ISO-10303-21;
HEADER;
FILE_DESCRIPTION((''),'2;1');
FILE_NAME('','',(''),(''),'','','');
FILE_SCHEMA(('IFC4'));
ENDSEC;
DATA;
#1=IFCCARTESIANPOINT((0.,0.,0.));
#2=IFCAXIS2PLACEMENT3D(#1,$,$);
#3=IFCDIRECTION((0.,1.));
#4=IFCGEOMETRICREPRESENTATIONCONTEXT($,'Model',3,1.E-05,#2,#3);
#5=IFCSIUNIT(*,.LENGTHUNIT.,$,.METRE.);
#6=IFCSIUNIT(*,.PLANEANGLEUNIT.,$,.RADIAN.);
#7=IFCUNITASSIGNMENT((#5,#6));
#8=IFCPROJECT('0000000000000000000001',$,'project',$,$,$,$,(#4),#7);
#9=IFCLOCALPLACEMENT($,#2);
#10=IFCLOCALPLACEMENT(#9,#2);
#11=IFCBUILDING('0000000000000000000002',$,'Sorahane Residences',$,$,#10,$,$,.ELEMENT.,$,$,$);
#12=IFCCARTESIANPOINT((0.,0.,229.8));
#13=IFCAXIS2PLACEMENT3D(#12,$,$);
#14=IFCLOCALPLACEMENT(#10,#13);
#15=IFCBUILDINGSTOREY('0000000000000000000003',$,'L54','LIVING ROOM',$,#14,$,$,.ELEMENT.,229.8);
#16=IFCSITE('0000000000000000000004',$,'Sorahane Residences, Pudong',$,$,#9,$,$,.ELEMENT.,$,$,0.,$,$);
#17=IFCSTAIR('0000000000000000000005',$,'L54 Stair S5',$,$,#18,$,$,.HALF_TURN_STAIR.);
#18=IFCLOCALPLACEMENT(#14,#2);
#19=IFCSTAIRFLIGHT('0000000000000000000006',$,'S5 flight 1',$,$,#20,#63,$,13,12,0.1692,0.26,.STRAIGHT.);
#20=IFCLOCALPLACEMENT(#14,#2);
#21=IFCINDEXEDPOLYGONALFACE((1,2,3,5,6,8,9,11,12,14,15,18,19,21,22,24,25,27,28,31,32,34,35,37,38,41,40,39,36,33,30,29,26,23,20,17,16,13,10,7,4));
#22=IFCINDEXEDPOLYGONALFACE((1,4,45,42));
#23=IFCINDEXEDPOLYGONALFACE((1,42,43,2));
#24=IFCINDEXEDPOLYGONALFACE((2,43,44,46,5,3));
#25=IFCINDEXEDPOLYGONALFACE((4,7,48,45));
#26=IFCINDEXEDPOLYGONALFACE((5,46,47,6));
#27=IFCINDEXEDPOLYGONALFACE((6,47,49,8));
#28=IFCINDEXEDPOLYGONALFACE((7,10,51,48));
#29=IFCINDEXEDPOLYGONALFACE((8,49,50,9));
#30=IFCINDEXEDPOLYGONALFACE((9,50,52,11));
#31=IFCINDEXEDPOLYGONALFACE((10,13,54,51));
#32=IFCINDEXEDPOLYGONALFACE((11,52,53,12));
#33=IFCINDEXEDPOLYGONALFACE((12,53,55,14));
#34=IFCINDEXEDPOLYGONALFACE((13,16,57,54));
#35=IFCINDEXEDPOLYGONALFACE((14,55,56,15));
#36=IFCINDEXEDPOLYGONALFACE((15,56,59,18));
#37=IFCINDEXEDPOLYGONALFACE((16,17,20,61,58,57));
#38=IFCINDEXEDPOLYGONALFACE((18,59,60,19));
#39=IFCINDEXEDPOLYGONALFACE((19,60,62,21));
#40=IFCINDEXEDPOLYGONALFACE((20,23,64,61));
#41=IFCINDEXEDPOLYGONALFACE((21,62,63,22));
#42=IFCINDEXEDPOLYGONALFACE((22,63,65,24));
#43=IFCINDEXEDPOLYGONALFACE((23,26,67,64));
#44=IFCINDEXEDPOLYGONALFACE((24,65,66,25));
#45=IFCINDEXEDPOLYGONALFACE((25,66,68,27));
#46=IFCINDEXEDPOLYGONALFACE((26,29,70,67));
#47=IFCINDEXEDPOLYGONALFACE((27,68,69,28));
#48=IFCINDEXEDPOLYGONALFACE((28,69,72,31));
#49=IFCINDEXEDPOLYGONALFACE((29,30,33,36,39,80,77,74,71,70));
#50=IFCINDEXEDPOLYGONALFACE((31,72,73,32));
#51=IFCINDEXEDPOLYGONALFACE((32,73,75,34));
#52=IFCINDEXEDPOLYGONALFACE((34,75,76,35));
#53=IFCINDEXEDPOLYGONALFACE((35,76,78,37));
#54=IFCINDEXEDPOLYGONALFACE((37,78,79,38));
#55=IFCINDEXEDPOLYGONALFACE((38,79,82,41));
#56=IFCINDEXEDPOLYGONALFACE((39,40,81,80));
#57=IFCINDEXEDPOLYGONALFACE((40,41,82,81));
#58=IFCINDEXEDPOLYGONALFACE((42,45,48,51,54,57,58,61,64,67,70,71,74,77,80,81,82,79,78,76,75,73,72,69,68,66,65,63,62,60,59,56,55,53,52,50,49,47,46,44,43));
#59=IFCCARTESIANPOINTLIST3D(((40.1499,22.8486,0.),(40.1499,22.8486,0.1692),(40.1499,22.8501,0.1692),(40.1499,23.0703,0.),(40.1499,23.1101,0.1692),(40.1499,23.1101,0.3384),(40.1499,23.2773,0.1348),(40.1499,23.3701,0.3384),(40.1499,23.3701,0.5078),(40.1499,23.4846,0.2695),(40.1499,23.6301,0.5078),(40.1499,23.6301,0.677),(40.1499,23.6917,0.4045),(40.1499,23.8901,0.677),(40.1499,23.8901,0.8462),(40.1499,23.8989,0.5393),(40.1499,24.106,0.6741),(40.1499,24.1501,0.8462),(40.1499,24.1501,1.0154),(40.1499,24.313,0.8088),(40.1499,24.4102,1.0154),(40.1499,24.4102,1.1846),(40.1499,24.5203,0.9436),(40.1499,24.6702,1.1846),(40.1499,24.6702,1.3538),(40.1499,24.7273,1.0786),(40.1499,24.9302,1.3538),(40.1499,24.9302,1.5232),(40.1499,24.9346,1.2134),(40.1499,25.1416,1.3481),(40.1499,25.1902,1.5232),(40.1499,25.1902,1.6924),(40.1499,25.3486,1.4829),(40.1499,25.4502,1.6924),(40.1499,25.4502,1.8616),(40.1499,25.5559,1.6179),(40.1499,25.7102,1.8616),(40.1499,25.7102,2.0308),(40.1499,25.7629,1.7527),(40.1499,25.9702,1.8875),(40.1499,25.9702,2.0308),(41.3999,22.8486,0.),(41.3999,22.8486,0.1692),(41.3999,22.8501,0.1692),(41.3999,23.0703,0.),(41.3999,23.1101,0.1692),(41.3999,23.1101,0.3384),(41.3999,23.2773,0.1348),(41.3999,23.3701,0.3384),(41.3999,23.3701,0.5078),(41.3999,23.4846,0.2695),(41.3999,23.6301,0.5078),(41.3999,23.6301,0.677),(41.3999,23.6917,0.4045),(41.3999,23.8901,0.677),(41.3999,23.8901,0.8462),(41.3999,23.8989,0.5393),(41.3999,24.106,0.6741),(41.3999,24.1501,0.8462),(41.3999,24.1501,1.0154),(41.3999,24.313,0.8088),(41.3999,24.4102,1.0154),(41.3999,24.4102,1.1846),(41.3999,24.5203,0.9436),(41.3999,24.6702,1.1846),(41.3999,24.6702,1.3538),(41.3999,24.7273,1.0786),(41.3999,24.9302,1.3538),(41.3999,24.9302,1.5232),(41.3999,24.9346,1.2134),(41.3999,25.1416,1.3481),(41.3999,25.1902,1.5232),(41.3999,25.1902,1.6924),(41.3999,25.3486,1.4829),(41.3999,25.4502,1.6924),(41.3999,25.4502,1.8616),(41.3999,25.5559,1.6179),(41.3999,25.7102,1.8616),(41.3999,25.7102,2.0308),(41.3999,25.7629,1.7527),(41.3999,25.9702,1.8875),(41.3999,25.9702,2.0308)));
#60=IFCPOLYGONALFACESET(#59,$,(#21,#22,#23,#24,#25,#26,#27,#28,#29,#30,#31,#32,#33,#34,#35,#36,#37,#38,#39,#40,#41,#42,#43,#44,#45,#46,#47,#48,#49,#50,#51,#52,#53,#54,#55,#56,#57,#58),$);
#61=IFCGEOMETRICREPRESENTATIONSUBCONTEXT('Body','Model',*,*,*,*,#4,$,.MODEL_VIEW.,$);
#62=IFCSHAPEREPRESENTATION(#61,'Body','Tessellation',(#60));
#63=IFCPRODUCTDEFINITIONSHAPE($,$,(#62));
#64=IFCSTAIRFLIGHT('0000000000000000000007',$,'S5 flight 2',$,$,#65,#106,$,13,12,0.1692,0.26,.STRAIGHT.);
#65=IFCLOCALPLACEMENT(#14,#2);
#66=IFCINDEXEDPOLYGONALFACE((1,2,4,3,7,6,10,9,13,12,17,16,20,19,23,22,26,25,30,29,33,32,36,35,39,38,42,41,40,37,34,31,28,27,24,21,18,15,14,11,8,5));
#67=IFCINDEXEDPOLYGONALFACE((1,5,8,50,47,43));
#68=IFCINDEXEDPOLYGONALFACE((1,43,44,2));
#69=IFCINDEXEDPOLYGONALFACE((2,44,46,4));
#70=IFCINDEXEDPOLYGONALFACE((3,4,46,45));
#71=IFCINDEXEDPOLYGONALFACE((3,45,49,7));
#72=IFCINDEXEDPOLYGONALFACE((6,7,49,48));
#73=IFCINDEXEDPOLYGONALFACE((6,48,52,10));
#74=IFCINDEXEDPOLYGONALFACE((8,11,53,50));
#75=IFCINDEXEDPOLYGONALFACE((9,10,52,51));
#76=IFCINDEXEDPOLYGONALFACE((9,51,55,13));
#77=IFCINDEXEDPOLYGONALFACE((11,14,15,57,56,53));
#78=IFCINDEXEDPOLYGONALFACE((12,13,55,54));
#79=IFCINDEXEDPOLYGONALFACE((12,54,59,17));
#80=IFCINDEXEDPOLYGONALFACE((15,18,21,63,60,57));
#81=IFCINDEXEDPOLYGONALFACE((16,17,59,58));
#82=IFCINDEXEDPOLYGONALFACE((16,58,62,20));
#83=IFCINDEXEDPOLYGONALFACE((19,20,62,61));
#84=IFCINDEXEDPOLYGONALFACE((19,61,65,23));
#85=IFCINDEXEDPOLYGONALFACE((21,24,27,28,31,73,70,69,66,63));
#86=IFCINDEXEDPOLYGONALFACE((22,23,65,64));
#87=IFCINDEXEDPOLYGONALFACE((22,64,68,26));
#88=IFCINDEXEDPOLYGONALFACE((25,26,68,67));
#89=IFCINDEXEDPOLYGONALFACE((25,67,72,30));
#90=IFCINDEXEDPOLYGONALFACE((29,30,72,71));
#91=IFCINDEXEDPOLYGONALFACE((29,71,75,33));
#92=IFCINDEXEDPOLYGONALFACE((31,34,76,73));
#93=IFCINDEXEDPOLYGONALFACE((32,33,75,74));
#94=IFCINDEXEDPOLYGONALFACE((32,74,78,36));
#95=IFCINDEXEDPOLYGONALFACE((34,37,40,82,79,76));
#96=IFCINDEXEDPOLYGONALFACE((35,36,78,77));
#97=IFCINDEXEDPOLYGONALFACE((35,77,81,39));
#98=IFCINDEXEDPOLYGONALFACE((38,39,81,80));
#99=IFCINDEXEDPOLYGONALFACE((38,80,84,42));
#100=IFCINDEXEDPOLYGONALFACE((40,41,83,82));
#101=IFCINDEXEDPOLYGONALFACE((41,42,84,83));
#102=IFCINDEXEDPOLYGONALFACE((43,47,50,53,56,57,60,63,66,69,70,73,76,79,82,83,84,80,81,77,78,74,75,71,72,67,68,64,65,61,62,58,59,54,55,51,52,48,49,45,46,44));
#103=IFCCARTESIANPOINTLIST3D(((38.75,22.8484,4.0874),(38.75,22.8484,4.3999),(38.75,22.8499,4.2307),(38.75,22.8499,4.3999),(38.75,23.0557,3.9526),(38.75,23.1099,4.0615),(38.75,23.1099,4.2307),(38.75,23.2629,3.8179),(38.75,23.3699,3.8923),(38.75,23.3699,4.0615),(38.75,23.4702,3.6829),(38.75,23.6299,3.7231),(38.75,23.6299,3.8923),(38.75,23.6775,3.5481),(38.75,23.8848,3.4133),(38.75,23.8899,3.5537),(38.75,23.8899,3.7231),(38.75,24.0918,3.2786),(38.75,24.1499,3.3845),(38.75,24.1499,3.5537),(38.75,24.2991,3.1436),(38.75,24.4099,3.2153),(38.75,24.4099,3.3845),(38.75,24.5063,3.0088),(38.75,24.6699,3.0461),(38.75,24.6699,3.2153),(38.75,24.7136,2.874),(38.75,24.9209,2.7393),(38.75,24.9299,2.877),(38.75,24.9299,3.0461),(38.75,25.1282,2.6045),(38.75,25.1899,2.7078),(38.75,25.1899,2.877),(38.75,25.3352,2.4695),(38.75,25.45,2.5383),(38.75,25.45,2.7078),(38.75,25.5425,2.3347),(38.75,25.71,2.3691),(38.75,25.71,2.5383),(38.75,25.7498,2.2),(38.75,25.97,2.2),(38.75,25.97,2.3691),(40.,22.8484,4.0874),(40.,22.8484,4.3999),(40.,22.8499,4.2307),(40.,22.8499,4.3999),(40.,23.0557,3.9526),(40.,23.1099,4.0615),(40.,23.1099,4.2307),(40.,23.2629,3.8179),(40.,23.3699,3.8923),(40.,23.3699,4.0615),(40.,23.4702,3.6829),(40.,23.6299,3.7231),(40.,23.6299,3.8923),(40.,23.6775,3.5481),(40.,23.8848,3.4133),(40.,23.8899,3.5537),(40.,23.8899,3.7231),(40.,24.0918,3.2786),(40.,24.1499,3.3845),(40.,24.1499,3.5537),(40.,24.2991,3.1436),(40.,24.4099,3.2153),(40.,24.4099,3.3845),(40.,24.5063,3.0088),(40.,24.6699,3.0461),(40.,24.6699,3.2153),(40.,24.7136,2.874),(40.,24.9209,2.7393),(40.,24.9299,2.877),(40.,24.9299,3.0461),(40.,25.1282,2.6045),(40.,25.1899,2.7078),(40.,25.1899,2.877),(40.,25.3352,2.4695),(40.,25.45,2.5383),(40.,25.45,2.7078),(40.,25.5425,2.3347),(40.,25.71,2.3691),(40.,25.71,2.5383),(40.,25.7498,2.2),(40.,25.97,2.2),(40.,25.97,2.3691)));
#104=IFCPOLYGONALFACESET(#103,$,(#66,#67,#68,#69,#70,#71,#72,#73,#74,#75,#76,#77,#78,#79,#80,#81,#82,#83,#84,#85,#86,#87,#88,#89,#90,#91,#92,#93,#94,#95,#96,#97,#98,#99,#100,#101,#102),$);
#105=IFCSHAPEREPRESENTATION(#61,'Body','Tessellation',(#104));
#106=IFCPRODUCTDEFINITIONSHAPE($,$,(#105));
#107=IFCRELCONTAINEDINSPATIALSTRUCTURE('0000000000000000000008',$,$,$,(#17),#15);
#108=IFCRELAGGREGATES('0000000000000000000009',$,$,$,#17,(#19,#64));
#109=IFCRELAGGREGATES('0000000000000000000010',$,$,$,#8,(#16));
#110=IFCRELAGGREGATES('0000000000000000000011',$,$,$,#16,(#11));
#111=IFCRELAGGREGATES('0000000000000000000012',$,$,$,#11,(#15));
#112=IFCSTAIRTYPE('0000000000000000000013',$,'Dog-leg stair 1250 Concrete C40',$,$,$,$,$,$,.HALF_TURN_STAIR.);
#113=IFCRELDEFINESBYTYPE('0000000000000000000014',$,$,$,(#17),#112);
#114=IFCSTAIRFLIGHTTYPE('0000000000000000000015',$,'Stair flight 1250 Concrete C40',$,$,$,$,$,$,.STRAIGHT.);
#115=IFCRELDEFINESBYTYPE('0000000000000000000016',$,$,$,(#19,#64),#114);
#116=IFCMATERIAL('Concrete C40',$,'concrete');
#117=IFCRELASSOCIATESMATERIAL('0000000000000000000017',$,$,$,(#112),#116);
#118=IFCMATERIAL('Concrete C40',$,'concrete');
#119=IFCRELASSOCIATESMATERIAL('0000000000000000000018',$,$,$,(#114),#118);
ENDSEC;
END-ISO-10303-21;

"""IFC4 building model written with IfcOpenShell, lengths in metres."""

from ifc_helpers import new_model, si_unit, direction, frame, origin, place, context, subcontext, project, spatial, polyline, outline, extrude, material, type_object, element, aggregate, save


model = new_model("IFC4")

# Units and contexts
model_context = context("Model", 3, precision=1e-05, world=origin(), true_north=direction((0.0, 1.0)))
body_context = subcontext(model_context, "Body", "Model", "MODEL_VIEW")
ifc_project = project(units=[si_unit("LENGTHUNIT", "METRE"), si_unit("PLANEANGLEUNIT", "RADIAN")], contexts=[model_context])

# Site, building, storey
site_placement = place(None, origin())
site = spatial("IfcSite", under=ifc_project, at=site_placement, Name="Sorahane Residences, Pudong", CompositionType="ELEMENT", RefElevation=0.0)
building_placement = place(site_placement, origin())
building = spatial("IfcBuilding", under=site, at=building_placement, Name="Sorahane Residences", CompositionType="ELEMENT")
storey_placement = place(building_placement, frame((0.0, 0.0, 229.8)))
storey = spatial("IfcBuildingStorey", under=building, at=storey_placement, Name="L54", Description="LIVING ROOM", CompositionType="ELEMENT", Elevation=229.8)

# Stair, stair flights
ifc_material_1 = material(Name="Concrete C40", Category="concrete")
stair_type = type_object("IfcStairType", Name="Dog-leg stair 1250 Concrete C40", PredefinedType="HALF_TURN_STAIR", material=ifc_material_1)
stair_placement = place(storey_placement, origin())
stair = element("IfcStair", 1, at=stair_placement, inside=storey, type_object=stair_type, Name="L54 Stair S5", PredefinedType="HALF_TURN_STAIR")
ifc_material_2 = material(Name="Concrete C40", Category="concrete")
stair_flight_type = type_object("IfcStairFlightType", Name="Stair flight 1250 Concrete C40", PredefinedType="STRAIGHT", material=ifc_material_2)
stair_flight_1_placement = place(storey_placement, frame((40.7749, 22.8501, 0.0), z_axis=(0.0, 0.0, 1.0), x_axis=(0.0, 1.0, 0.0)))
stair_flight_1 = element("IfcStairFlight", 2, at=stair_flight_1_placement, type_object=stair_flight_type, Name="S5 flight 1", NumberOfRisers=13, NumberOfTreads=12, PredefinedType="STRAIGHT", RiserHeight=0.1692, TreadLength=0.26, context=body_context, shape_type="SweptSolid", body=[
    extrude(outline(polyline([(-0.0015, 0.0), (-0.0015, 0.1692), (0.0, 0.1692), (0.26, 0.1692), (0.26, 0.3384), (0.52, 0.3384), (0.52, 0.5078), (0.78, 0.5078), (0.78, 0.677), (1.04, 0.677), (1.04, 0.8462), (1.3, 0.8462), (1.3, 1.0154), (1.5601, 1.0154), (1.5601, 1.1846), (1.8201, 1.1846), (1.8201, 1.3538), (2.0801, 1.3538), (2.0801, 1.5232), (2.3401, 1.5232), (2.3401, 1.6924), (2.6001, 1.6924), (2.6001, 1.8616), (2.8601, 1.8616), (2.8601, 2.0308), (3.1201, 2.0308), (3.1201, 2.2), (3.1201, 1.8875), (2.9128, 1.7527), (2.7058, 1.6179), (2.4985, 1.4829), (2.2915, 1.3481), (2.0845, 1.2134), (1.8772, 1.0786), (1.6702, 0.9436), (1.4629, 0.8088), (1.2559, 0.6741), (1.0488, 0.5393), (0.8416, 0.4045), (0.6345, 0.2695), (0.4272, 0.1348), (0.2202, 0.0), (-0.0015, 0.0)])), frame((0.0, 0.625, 0.0), z_axis=(0.0, -1.0, 0.0), x_axis=(1.0, 0.0, 0.0)), (0.0, 0.0, 1.0), 1.25),
])
stair_flight_2_placement = place(storey_placement, frame((39.375, 25.97, 2.2), z_axis=(0.0, 0.0, 1.0), x_axis=(0.0, -1.0, 0.0)))
stair_flight_2 = element("IfcStairFlight", 3, at=stair_flight_2_placement, type_object=stair_flight_type, Name="S5 flight 2", NumberOfRisers=13, NumberOfTreads=12, PredefinedType="STRAIGHT", RiserHeight=0.1692, TreadLength=0.26, context=body_context, shape_type="SweptSolid", body=[
    extrude(outline(polyline([(0.0, 0.0), (0.0, 0.1692), (0.26, 0.1692), (0.26, 0.3384), (0.52, 0.3384), (0.52, 0.5078), (0.78, 0.5078), (0.78, 0.677), (1.04, 0.677), (1.04, 0.8462), (1.3, 0.8462), (1.3, 1.0154), (1.5601, 1.0154), (1.5601, 1.1846), (1.8201, 1.1846), (1.8201, 1.3538), (2.0801, 1.3538), (2.0801, 1.5232), (2.3401, 1.5232), (2.3401, 1.6924), (2.6001, 1.6924), (2.6001, 1.8616), (2.8601, 1.8616), (2.8601, 2.0308), (3.1201, 2.0308), (3.1201, 2.2), (3.1216, 2.2), (3.1216, 1.8875), (2.9143, 1.7527), (2.707, 1.6179), (2.4998, 1.4829), (2.2925, 1.3481), (2.0852, 1.2134), (1.8782, 1.0786), (1.6709, 0.9436), (1.4636, 0.8088), (1.2563, 0.6741), (1.0491, 0.5393), (0.8418, 0.4045), (0.6348, 0.2695), (0.4275, 0.1348), (0.2202, 0.0), (0.0, 0.0)])), frame((0.0, 0.625, 0.0), z_axis=(0.0, -1.0, 0.0), x_axis=(1.0, 0.0, 0.0)), (0.0, 0.0, 1.0), 1.25),
])
aggregate(stair, [stair_flight_1, stair_flight_2])

save(model, "model.ifc")
